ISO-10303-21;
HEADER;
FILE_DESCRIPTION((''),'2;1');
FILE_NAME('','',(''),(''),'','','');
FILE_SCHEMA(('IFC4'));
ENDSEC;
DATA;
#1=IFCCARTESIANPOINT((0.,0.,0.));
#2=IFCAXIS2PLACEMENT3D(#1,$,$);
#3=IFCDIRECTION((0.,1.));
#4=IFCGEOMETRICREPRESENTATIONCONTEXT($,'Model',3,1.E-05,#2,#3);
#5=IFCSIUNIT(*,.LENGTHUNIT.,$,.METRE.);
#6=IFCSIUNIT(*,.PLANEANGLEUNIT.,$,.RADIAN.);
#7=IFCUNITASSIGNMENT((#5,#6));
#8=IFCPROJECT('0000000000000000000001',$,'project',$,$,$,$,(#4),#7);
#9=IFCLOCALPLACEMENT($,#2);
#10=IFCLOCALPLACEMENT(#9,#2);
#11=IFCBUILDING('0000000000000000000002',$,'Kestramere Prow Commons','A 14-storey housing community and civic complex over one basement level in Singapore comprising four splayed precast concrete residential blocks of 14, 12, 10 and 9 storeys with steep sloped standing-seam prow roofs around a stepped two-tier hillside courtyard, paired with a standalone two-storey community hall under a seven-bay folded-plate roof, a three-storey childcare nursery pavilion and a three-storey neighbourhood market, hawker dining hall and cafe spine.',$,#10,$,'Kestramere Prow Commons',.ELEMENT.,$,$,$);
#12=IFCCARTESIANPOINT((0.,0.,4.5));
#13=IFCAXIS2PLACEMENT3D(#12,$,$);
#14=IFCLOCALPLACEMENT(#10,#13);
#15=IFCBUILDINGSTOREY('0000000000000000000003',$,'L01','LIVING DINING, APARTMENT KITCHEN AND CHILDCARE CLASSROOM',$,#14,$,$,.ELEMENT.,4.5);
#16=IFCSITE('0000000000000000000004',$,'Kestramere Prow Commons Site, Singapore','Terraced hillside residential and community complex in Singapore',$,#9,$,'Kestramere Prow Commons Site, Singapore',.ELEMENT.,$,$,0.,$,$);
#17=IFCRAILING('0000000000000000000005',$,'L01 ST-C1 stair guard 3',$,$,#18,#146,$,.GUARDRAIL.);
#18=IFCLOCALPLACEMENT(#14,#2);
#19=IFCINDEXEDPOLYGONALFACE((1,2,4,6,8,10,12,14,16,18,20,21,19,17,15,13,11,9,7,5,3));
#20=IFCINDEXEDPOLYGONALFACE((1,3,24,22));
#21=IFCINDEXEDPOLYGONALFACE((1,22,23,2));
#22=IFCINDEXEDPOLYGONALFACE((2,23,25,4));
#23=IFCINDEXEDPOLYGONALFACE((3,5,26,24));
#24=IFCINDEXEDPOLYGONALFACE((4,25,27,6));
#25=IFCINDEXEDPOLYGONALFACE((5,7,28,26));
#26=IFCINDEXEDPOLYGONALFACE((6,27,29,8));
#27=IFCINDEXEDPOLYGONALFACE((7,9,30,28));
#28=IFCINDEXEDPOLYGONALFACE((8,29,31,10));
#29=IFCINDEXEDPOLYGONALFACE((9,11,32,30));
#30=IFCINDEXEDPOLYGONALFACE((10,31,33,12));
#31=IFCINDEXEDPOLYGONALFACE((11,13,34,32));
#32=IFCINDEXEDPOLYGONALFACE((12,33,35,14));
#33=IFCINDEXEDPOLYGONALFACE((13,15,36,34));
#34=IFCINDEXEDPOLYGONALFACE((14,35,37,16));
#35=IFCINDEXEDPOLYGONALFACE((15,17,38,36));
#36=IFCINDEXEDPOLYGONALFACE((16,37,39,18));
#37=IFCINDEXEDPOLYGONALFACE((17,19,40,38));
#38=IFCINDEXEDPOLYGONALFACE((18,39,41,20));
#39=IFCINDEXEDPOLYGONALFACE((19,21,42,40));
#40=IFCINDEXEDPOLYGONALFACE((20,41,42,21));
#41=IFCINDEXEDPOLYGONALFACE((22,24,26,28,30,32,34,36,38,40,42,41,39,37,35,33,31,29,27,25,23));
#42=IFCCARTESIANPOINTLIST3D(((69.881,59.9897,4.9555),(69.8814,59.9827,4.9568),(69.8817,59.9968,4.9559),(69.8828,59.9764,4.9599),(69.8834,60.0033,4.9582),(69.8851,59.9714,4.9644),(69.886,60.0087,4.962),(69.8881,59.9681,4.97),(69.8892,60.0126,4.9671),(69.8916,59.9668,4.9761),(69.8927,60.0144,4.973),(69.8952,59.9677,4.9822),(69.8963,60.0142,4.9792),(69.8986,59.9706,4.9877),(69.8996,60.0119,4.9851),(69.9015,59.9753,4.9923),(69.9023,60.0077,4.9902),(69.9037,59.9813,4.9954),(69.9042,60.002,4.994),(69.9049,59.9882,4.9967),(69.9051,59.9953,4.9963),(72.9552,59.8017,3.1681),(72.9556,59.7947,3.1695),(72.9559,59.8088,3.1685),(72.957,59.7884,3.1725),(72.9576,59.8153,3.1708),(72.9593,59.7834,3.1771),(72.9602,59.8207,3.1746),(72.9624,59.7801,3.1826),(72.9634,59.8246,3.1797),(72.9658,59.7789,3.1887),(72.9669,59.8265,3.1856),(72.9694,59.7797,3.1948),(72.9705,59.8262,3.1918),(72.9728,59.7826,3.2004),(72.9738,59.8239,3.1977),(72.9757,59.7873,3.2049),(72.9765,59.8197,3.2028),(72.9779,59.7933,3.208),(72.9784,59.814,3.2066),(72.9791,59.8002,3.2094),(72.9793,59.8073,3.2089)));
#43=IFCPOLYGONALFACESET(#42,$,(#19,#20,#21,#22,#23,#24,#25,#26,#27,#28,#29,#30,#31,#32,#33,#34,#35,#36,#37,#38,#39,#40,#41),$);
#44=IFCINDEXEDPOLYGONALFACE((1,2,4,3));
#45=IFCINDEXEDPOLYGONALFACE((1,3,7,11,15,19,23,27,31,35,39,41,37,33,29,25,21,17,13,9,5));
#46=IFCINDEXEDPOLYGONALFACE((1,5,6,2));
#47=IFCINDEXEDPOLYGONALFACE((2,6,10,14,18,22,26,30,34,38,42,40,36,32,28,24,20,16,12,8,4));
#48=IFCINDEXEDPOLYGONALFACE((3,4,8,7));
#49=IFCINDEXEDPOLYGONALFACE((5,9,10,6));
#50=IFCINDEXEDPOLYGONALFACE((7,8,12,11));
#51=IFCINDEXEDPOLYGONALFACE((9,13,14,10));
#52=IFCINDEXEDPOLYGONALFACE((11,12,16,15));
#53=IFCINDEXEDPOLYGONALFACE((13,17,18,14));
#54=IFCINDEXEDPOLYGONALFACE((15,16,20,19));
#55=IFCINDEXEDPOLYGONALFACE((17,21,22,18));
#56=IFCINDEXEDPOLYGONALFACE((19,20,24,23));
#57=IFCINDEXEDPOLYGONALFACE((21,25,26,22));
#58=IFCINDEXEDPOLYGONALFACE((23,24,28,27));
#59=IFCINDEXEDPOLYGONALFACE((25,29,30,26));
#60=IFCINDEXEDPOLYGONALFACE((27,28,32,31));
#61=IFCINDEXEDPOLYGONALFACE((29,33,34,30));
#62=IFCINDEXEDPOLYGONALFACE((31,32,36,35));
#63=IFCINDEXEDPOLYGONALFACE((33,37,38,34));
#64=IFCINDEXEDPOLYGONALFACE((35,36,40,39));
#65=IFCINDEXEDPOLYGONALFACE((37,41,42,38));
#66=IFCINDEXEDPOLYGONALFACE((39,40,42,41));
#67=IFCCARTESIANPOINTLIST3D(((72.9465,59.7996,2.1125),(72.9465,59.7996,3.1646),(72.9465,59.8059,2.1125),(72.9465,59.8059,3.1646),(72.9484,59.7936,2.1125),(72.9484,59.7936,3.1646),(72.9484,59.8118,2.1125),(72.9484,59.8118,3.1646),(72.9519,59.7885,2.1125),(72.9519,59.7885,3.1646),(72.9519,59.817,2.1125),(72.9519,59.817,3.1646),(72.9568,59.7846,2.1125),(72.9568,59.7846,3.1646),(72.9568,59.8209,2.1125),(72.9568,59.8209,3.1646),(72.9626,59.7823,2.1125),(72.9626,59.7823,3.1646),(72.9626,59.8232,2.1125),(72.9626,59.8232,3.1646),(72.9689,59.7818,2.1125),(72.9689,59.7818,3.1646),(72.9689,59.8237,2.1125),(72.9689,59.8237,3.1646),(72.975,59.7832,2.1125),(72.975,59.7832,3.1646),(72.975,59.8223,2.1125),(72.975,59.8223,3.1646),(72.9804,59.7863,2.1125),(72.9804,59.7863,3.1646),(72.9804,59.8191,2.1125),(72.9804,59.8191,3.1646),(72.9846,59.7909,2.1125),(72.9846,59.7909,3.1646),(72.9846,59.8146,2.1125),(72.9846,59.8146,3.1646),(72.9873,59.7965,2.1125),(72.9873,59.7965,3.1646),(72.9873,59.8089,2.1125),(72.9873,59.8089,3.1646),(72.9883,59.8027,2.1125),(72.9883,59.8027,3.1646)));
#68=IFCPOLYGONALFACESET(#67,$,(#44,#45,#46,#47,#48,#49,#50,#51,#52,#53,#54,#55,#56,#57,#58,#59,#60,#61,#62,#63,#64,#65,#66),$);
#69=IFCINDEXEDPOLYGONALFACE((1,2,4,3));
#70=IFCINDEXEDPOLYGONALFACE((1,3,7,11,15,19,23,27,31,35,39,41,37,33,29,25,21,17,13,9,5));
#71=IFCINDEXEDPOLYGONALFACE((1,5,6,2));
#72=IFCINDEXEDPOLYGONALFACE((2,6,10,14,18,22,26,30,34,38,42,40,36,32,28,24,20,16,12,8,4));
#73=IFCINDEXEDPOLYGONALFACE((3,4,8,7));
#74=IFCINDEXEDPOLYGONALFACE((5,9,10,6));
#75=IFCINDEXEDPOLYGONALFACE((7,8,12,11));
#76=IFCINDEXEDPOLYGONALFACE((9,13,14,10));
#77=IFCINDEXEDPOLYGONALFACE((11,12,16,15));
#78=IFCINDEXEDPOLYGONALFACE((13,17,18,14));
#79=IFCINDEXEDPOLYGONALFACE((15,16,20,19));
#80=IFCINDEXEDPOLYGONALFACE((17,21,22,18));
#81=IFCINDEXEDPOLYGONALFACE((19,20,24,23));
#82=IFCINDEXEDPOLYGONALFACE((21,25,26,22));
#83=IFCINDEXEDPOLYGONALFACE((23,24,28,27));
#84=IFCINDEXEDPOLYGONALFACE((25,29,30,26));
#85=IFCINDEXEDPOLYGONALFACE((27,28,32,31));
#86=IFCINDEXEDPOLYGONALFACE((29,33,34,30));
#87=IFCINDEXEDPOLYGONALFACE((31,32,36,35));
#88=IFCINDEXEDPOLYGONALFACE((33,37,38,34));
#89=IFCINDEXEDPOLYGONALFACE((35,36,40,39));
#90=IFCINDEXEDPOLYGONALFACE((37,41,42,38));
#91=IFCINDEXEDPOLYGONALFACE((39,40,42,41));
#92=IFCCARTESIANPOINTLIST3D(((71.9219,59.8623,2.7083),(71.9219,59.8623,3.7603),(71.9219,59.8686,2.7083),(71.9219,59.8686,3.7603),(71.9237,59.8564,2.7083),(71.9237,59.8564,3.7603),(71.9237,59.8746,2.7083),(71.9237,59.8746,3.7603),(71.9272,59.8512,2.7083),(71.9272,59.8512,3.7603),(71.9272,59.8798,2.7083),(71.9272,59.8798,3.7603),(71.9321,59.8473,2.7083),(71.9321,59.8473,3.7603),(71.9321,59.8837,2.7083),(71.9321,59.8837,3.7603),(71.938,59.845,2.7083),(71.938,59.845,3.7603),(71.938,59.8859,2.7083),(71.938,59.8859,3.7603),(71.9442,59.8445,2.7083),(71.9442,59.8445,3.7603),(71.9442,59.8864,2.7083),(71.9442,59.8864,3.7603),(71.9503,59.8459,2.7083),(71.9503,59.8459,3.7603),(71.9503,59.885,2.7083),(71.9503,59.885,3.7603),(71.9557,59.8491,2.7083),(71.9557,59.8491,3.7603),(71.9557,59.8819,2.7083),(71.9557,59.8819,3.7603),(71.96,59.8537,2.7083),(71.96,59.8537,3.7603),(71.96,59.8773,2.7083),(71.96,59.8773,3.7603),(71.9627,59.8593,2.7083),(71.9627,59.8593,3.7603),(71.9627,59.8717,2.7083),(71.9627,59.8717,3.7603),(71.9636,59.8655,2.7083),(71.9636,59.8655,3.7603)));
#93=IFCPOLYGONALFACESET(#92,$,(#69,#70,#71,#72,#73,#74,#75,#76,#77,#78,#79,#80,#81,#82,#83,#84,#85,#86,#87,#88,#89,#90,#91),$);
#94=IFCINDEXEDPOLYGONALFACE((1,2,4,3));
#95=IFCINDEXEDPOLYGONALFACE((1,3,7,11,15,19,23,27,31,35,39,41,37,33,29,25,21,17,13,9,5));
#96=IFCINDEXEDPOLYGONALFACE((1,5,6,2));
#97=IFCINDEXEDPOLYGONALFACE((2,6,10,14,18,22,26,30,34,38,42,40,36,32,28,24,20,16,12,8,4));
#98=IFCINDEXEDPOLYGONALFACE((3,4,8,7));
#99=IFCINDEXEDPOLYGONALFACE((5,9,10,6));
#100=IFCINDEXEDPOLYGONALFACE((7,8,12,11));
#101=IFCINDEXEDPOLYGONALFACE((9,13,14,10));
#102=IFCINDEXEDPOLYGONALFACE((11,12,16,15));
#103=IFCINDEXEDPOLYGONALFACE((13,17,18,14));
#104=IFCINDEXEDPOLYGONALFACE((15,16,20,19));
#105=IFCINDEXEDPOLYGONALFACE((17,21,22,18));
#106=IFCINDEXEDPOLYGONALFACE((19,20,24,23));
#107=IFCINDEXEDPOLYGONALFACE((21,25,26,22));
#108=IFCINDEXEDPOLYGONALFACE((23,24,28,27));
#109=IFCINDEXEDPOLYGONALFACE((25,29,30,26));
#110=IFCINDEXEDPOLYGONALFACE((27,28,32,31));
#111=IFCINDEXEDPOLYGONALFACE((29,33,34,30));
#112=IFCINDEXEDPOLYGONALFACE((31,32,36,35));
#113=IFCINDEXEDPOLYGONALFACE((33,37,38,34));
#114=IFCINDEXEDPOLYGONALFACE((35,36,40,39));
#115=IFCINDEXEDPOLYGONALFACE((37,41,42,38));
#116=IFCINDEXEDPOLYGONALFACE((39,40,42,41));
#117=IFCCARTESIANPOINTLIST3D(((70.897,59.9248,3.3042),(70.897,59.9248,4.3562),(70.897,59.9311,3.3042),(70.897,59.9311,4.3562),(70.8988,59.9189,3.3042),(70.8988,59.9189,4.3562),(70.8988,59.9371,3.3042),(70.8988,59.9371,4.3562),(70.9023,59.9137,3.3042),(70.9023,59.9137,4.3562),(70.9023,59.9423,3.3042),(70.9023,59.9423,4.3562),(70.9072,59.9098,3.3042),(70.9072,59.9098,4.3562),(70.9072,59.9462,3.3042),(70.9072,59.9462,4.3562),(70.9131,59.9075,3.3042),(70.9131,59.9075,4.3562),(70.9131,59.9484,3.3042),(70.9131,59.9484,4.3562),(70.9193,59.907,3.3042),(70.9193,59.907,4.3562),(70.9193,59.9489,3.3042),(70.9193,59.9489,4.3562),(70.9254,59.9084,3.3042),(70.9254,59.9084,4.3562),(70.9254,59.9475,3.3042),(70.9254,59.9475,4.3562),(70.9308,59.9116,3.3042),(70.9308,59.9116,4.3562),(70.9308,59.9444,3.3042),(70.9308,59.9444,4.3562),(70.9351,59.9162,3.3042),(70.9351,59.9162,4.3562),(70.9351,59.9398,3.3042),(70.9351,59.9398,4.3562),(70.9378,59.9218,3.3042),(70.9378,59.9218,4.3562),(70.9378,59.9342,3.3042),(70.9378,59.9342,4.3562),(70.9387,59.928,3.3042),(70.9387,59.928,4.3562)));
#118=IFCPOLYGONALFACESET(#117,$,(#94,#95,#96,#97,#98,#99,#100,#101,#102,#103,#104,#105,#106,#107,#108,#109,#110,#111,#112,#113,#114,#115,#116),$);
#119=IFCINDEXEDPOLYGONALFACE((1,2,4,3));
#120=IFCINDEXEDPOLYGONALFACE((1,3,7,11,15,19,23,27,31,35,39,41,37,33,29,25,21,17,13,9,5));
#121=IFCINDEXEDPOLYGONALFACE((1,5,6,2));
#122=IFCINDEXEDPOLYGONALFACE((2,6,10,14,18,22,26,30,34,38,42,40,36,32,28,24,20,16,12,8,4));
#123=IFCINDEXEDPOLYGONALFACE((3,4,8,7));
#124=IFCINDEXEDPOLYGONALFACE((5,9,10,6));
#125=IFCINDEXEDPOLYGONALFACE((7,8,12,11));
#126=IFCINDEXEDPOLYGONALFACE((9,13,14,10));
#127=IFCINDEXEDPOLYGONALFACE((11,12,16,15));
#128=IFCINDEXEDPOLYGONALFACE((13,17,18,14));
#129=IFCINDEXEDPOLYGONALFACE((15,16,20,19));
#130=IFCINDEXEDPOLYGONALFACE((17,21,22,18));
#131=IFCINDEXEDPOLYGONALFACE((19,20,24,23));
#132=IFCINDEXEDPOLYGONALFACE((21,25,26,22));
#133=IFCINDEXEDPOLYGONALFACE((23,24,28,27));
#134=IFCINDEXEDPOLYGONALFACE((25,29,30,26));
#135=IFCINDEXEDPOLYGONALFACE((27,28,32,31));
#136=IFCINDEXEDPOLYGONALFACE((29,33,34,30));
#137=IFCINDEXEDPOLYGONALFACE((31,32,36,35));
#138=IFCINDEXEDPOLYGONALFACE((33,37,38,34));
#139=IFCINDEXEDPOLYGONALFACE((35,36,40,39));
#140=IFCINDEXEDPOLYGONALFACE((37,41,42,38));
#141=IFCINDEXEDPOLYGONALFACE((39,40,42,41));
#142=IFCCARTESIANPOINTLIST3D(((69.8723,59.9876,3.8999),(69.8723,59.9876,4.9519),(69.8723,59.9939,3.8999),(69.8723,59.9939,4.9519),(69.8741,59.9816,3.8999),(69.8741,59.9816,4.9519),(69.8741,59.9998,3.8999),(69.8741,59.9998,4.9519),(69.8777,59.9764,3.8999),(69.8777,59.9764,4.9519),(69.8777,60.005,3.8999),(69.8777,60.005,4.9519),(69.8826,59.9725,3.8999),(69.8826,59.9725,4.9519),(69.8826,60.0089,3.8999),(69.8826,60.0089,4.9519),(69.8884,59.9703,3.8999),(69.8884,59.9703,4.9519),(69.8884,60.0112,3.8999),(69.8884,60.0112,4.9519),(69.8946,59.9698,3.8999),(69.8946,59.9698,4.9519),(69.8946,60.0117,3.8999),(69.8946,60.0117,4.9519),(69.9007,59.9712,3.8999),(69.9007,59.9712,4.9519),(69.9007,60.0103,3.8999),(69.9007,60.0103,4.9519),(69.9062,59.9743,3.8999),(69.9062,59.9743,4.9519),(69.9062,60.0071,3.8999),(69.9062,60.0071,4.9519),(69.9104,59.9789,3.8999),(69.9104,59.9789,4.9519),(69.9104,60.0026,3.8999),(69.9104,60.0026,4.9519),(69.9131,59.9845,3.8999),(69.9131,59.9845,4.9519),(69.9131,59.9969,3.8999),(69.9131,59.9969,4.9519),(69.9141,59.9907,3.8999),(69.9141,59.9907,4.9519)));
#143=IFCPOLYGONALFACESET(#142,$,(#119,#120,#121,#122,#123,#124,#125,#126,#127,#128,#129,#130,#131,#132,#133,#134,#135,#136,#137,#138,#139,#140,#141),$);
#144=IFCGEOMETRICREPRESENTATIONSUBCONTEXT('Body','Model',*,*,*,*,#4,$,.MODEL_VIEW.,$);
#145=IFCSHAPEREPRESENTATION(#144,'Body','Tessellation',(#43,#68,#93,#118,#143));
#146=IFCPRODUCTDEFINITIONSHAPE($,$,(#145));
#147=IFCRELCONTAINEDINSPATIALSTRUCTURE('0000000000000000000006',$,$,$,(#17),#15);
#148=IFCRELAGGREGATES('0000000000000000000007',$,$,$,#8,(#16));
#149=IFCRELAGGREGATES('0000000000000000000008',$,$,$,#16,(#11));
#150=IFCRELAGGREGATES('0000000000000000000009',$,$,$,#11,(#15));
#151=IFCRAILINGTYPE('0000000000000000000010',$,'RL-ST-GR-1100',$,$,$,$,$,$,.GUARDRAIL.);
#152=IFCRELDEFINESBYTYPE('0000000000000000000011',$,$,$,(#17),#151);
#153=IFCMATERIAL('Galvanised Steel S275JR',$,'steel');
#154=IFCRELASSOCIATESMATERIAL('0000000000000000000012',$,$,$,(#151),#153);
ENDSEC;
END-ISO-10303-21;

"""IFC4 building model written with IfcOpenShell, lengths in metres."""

from ifc_helpers import new_model, si_unit, direction, frame, origin, origin_2d, place, context, subcontext, project, spatial, circle, extrude, material, type_object, element, save


model = new_model("IFC4")

# Units and contexts
model_context = context("Model", 3, precision=1e-05, world=origin(), true_north=direction((0.0, 1.0)))
body_context = subcontext(model_context, "Body", "Model", "MODEL_VIEW")
ifc_project = project(units=[si_unit("LENGTHUNIT", "METRE"), si_unit("PLANEANGLEUNIT", "RADIAN")], contexts=[model_context])

# Site, building, storey
site_placement = place(None, origin())
site = spatial("IfcSite", under=ifc_project, at=site_placement, Name="Kestramere Prow Commons Site, Singapore", Description="Terraced hillside residential and community complex in Singapore", LongName="Kestramere Prow Commons Site, Singapore", CompositionType="ELEMENT", RefElevation=0.0)
building_placement = place(site_placement, origin())
building = spatial("IfcBuilding", under=site, at=building_placement, Name="Kestramere Prow Commons", Description="A 14-storey housing community and civic complex over one basement level in Singapore comprising four splayed precast concrete residential blocks of 14, 12, 10 and 9 storeys with steep sloped standing-seam prow roofs around a stepped two-tier hillside courtyard, paired with a standalone two-storey community hall under a seven-bay folded-plate roof, a three-storey childcare nursery pavilion and a three-storey neighbourhood market, hawker dining hall and cafe spine.", LongName="Kestramere Prow Commons", CompositionType="ELEMENT")
storey_placement = place(building_placement, frame((0.0, 0.0, 4.5)))
storey = spatial("IfcBuildingStorey", under=building, at=storey_placement, Name="L01", Description="LIVING DINING, APARTMENT KITCHEN AND CHILDCARE CLASSROOM", CompositionType="ELEMENT", Elevation=4.5)

# Railing
ifc_material_1 = material(Name="Galvanised Steel S275JR", Category="steel")
railing_type_1 = type_object("IfcRailingType", Name="RL-ST-GR-1100", PredefinedType="GUARDRAIL", material=ifc_material_1)
railing_1_placement = place(storey_placement, frame((72.9673, 59.8027, 2.1125)))
element("IfcRailing", 1, at=railing_1_placement, inside=storey, type_object=railing_type_1, Name="L01 ST-C1 stair guard 3", PredefinedType="GUARDRAIL", context=body_context, shape_type="SweptSolid", body=[
    extrude(circle(Radius=0.0239, at=origin_2d()), frame((0.0, 0.0, 1.0762), z_axis=(-0.8633, 0.052791, 0.501923), x_axis=(-0.061036, -0.998136, 0.0)), (0.0, 0.0, 1.0), 3.561),
    extrude(circle(Radius=0.021, at=origin_2d()), origin(), (0.0, 0.0, 1.0), 1.052),
    extrude(circle(Radius=0.021, at=origin_2d()), frame((-1.0247, 0.0627, 0.5957)), (0.0, 0.0, 1.0), 1.052),
    extrude(circle(Radius=0.021, at=origin_2d()), frame((-2.0496, 0.1252, 1.1917)), (0.0, 0.0, 1.0), 1.052),
    extrude(circle(Radius=0.021, at=origin_2d()), frame((-3.0742, 0.188, 1.7874)), (0.0, 0.0, 1.0), 1.052),
])

save(model, "model.ifc")
